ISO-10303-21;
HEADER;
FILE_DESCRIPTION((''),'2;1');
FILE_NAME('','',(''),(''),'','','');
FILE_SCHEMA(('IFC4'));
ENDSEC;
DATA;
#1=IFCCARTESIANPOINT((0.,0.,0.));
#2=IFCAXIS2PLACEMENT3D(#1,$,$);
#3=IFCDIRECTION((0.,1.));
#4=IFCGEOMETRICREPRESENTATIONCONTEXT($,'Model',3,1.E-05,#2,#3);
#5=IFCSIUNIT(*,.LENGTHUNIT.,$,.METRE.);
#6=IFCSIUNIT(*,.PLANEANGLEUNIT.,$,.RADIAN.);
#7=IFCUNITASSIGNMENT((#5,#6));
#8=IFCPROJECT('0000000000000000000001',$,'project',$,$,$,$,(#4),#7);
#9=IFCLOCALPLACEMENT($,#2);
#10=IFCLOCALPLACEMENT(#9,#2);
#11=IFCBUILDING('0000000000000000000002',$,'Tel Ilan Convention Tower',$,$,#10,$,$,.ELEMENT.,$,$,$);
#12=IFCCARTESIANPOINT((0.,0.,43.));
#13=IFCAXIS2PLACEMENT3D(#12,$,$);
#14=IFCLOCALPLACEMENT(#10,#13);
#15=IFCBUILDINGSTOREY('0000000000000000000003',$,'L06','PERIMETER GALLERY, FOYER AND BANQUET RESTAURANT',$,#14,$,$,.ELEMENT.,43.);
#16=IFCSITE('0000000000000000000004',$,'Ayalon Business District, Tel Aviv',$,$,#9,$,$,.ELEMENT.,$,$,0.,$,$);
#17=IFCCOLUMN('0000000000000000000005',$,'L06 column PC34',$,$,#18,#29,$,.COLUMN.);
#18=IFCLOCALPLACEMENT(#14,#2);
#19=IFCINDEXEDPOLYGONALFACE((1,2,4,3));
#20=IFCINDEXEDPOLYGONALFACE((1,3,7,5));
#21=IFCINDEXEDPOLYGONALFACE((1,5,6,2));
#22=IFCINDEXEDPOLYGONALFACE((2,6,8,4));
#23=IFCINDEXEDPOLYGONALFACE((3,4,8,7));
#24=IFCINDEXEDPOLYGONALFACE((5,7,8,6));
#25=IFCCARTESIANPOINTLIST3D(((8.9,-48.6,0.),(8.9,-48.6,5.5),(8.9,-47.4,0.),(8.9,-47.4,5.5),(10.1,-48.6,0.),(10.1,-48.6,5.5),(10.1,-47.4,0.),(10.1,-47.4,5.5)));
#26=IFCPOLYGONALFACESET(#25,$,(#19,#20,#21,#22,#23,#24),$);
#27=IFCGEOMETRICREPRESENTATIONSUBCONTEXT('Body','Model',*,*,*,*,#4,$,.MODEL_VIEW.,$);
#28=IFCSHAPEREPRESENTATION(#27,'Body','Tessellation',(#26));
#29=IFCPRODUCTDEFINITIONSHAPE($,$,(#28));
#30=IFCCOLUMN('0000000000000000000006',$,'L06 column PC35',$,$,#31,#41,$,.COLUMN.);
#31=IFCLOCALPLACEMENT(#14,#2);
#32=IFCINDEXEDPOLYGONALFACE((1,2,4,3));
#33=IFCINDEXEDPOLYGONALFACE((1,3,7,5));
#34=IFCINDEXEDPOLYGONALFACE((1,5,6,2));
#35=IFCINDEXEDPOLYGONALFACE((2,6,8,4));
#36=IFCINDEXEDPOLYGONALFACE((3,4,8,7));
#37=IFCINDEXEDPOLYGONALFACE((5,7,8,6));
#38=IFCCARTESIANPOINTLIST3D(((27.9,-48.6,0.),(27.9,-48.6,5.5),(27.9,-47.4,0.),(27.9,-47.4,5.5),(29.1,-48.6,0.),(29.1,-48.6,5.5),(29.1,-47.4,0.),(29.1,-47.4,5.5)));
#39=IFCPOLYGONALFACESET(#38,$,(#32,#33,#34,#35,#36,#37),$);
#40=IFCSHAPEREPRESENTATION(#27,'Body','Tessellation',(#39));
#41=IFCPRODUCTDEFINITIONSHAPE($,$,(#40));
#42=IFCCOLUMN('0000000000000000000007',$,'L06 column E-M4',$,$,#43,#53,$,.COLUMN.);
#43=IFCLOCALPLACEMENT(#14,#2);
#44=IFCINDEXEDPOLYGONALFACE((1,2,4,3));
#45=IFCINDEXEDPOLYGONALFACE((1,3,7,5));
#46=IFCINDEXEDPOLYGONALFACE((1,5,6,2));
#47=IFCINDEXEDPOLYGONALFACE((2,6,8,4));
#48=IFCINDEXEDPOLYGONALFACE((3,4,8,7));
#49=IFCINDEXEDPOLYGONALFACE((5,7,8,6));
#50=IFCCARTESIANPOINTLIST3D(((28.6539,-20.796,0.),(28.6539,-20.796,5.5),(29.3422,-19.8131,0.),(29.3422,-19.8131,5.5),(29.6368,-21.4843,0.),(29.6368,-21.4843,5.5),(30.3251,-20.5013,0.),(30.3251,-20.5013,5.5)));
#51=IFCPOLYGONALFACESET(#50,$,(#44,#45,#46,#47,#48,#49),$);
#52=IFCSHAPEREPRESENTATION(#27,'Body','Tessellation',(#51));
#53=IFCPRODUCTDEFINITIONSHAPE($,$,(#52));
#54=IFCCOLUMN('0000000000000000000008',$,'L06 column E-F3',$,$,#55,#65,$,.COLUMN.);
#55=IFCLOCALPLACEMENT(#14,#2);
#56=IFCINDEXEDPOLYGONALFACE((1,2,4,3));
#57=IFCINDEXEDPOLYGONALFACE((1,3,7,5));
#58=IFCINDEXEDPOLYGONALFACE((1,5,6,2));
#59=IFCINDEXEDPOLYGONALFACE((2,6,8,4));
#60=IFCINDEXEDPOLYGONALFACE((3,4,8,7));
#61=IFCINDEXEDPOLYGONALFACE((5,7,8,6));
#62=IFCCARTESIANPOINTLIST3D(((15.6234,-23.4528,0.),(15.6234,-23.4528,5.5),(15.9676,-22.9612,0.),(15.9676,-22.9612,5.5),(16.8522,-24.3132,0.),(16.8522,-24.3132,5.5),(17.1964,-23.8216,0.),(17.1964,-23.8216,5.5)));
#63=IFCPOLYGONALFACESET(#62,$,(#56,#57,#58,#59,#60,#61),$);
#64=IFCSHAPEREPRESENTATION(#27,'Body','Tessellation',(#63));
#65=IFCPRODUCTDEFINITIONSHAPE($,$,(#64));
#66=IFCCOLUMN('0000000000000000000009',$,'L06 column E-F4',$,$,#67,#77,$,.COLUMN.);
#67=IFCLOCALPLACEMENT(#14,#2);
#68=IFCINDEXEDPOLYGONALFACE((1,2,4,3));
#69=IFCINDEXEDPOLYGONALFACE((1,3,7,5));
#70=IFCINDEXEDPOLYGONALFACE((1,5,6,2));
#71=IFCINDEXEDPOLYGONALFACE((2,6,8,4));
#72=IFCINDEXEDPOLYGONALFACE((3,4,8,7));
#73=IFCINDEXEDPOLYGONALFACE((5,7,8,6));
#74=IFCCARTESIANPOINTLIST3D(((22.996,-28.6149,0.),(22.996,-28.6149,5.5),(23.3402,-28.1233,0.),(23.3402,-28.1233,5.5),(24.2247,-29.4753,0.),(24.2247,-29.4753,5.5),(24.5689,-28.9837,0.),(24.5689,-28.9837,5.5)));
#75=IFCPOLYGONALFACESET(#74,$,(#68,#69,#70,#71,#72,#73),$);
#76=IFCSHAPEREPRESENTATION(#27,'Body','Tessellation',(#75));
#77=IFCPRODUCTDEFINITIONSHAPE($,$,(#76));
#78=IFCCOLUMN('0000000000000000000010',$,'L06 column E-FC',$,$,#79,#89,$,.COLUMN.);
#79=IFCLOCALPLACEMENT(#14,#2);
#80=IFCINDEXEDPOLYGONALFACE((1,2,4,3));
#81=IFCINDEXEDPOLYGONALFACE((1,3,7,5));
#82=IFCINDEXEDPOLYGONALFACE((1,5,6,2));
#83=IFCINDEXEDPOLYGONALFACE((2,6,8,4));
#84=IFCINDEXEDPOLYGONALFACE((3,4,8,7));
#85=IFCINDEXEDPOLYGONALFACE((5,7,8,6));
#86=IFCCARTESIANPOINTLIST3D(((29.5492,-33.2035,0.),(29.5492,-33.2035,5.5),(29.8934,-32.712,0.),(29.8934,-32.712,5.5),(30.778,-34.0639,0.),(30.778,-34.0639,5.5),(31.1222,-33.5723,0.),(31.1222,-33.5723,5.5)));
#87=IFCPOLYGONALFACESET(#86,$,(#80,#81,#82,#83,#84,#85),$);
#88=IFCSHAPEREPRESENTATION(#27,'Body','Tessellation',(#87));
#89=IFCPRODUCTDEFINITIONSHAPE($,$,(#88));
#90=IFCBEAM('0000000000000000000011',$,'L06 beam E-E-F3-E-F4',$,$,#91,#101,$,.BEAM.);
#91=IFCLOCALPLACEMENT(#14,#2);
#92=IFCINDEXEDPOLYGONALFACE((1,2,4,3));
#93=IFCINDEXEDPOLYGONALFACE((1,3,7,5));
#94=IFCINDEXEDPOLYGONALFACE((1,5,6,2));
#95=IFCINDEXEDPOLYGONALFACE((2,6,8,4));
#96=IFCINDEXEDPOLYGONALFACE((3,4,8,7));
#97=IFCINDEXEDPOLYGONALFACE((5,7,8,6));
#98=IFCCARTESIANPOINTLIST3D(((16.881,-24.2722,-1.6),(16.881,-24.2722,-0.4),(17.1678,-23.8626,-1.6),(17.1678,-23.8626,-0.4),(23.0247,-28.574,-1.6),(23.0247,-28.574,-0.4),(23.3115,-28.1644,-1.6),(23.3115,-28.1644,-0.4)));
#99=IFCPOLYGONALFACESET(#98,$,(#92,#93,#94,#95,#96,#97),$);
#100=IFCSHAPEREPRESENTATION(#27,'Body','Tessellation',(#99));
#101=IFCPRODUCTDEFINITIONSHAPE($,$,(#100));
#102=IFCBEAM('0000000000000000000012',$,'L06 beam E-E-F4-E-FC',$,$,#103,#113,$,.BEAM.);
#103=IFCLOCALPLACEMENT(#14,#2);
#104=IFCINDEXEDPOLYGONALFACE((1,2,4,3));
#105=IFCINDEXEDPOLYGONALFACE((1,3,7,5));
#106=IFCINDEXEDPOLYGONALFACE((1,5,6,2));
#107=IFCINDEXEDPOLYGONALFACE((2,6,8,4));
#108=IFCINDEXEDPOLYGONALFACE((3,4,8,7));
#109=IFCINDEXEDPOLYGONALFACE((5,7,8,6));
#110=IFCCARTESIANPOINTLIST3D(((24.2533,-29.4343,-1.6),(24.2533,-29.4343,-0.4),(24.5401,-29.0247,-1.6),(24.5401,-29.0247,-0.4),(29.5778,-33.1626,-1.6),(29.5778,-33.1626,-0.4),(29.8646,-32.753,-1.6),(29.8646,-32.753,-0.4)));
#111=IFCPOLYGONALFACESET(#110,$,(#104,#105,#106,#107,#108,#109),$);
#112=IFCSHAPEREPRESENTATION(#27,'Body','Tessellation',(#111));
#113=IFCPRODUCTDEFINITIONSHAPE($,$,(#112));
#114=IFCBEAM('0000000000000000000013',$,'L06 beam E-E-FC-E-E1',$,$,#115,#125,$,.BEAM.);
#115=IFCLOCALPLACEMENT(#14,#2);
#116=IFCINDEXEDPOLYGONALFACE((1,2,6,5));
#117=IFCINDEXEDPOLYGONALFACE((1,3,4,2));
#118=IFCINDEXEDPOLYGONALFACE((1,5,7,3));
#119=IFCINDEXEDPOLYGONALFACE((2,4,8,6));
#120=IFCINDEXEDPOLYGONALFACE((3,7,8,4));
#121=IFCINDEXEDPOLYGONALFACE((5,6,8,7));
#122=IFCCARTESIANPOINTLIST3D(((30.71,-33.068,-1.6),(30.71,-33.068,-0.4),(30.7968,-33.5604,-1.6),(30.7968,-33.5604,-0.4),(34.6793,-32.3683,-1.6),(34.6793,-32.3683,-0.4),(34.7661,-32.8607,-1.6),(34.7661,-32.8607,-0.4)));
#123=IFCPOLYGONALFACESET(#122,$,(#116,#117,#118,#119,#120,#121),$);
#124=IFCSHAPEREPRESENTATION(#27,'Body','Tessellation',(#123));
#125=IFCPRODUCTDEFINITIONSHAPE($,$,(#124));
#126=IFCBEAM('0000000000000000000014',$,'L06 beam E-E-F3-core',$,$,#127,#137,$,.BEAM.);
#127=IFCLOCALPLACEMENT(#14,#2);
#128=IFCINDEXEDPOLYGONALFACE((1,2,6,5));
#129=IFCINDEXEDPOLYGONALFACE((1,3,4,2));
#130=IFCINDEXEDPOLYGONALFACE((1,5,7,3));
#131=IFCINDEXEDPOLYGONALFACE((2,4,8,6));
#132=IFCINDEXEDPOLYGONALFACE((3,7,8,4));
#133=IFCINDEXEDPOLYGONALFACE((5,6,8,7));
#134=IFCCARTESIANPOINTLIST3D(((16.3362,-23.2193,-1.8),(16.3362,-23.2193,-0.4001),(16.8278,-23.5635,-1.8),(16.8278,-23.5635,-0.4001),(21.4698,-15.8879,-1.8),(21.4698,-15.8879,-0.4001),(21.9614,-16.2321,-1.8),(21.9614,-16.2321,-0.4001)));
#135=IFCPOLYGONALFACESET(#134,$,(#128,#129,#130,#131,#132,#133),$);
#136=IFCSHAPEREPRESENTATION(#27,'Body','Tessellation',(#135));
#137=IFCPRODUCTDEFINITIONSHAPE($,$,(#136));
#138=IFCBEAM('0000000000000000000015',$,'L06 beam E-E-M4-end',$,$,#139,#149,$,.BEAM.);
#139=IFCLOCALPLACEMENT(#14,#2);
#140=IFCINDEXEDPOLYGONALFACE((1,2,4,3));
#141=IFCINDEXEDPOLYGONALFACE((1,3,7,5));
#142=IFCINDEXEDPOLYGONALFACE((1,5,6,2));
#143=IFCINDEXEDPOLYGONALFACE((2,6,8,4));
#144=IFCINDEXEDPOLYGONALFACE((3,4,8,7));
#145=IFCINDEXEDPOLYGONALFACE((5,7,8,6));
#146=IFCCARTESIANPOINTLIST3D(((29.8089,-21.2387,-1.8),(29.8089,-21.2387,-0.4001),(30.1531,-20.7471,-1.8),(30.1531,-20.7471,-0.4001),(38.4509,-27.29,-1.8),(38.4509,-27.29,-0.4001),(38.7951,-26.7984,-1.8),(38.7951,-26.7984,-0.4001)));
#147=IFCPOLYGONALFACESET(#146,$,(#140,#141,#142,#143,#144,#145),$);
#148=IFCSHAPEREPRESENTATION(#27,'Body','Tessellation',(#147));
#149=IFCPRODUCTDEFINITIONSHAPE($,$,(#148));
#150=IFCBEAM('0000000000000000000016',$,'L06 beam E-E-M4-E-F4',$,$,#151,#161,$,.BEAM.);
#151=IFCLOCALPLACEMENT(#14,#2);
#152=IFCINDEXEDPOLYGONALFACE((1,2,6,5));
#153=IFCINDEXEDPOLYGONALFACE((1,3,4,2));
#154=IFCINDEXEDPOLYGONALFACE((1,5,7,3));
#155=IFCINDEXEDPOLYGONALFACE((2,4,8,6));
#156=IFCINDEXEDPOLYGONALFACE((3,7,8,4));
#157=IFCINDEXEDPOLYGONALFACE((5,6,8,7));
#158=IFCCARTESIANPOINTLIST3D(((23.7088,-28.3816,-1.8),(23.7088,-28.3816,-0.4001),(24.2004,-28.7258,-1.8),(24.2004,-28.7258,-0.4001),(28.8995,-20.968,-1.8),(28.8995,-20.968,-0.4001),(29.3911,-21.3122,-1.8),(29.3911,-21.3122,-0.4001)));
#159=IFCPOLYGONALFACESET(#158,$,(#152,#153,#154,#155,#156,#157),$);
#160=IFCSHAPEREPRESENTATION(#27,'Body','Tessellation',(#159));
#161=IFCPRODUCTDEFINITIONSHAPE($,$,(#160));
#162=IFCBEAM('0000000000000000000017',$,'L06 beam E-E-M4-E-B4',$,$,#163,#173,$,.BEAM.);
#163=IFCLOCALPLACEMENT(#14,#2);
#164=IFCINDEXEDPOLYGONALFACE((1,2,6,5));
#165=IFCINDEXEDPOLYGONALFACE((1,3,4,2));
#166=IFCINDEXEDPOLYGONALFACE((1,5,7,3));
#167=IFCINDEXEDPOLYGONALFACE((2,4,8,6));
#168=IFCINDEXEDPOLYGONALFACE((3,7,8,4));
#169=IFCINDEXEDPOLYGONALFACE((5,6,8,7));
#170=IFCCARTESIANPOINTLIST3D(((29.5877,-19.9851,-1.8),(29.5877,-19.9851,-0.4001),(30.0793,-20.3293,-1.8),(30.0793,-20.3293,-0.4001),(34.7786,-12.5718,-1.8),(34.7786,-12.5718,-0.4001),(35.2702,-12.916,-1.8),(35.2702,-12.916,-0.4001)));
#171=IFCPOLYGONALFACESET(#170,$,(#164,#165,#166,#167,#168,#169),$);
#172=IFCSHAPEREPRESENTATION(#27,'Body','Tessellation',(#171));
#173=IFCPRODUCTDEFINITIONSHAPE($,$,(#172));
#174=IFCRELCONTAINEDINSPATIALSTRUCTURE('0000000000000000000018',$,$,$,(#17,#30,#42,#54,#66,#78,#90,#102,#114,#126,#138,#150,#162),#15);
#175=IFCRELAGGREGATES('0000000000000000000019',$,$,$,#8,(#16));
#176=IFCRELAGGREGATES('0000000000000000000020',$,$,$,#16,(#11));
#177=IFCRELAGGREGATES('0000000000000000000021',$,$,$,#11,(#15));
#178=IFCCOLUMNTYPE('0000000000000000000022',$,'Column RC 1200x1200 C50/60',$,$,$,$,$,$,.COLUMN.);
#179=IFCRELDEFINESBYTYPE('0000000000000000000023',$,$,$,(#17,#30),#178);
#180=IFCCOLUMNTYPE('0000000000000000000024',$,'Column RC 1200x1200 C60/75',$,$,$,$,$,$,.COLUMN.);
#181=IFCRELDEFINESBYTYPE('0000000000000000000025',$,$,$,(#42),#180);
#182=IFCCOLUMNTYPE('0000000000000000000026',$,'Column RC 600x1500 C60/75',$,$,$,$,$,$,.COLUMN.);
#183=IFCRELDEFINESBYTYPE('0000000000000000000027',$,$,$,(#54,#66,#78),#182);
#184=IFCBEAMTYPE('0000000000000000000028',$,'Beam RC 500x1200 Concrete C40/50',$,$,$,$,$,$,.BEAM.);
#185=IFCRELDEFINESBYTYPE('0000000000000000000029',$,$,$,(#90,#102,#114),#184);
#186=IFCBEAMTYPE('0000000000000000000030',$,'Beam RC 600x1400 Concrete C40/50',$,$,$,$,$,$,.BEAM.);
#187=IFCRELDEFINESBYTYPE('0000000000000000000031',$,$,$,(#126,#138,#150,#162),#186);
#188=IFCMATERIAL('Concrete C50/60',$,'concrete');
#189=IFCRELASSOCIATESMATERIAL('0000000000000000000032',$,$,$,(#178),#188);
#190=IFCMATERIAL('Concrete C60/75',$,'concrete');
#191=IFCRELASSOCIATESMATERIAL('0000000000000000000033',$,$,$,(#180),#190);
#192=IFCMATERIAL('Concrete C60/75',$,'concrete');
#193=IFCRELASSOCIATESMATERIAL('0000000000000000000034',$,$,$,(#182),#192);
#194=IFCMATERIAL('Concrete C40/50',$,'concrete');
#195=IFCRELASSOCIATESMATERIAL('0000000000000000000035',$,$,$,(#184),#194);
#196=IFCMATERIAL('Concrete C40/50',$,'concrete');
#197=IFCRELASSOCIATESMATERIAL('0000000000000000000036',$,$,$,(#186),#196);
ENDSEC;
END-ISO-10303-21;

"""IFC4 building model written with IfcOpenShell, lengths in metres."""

from ifc_helpers import new_model, si_unit, direction, frame, origin, origin_2d, place, context, subcontext, project, spatial, rectangle, extrude, material, material_profile, profile_set, type_object, element, save


model = new_model("IFC4")

# Units and contexts
model_context = context("Model", 3, precision=1e-05, world=origin(), true_north=direction((0.0, 1.0)))
body_context = subcontext(model_context, "Body", "Model", "MODEL_VIEW")
ifc_project = project(units=[si_unit("LENGTHUNIT", "METRE"), si_unit("PLANEANGLEUNIT", "RADIAN")], contexts=[model_context])

# Site, building, storey
site_placement = place(None, origin())
site = spatial("IfcSite", under=ifc_project, at=site_placement, Name="Ayalon Business District, Tel Aviv", CompositionType="ELEMENT", RefElevation=0.0)
building_placement = place(site_placement, origin())
building = spatial("IfcBuilding", under=site, at=building_placement, Name="Tel Ilan Convention Tower", CompositionType="ELEMENT")
storey_placement = place(building_placement, frame((0.0, 0.0, 43.0)))
storey = spatial("IfcBuildingStorey", under=building, at=storey_placement, Name="L06", Description="PERIMETER GALLERY, FOYER AND BANQUET RESTAURANT", CompositionType="ELEMENT", Elevation=43.0)

# Columns
ifc_material_1 = material(Name="Concrete C50/60", Category="concrete")
ifc_material_profile_1 = material_profile(ifc_material_1, rectangle(XDim=1.2, YDim=1.2, at=origin_2d()), Name="RC 1200x1200")
ifc_profile_set_1 = profile_set([ifc_material_profile_1], Name="Concrete C50/60")
column_type_1 = type_object("IfcColumnType", Name="Column RC 1200x1200 C50/60", PredefinedType="COLUMN", material=ifc_profile_set_1)
for number, where, z_axis, x_axis, name in (
    (1, (9.5, -48.0, 0.0), (0.0, 0.0, 1.0), (1.0, 0.0, 0.0), "L06 column PC34"),
    (2, (28.5, -48.0, 0.0), (0.0, 0.0, 1.0), (1.0, 0.0, 0.0), "L06 column PC35"),
):
    element("IfcColumn", number, at=place(storey_placement, frame(where, z_axis=z_axis, x_axis=x_axis)), inside=storey, type_object=column_type_1, Name=name, PredefinedType="COLUMN", context=body_context, shape_type="SweptSolid", body=[
        extrude(rectangle(XDim=1.2, YDim=1.2, at=origin_2d()), origin(), (0.0, 0.0, 1.0), 5.5),
    ])
ifc_material_2 = material(Name="Concrete C60/75", Category="concrete")
ifc_material_profile_2 = material_profile(ifc_material_2, rectangle(XDim=1.2, YDim=1.2, at=origin_2d()), Name="RC 1200x1200")
ifc_profile_set_2 = profile_set([ifc_material_profile_2], Name="Concrete C60/75")
column_type_2 = type_object("IfcColumnType", Name="Column RC 1200x1200 C60/75", PredefinedType="COLUMN", material=ifc_profile_set_2)
column_placement = place(storey_placement, frame((29.4895, -20.6487, 0.0), z_axis=(0.0, 0.0, 1.0), x_axis=(0.819152, -0.573576, 0.0)))
element("IfcColumn", 3, at=column_placement, inside=storey, type_object=column_type_2, Name="L06 column E-M4", PredefinedType="COLUMN", context=body_context, shape_type="SweptSolid", body=[
    extrude(rectangle(XDim=1.2, YDim=1.2, at=origin_2d()), origin(), (0.0, 0.0, 1.0), 5.5),
])
ifc_material_3 = material(Name="Concrete C60/75", Category="concrete")
ifc_material_profile_3 = material_profile(ifc_material_3, rectangle(XDim=1.5, YDim=0.6001, at=origin_2d()), Name="RC 600x1500")
ifc_profile_set_3 = profile_set([ifc_material_profile_3], Name="Concrete C60/75")
column_type_3 = type_object("IfcColumnType", Name="Column RC 600x1500 C60/75", PredefinedType="COLUMN", material=ifc_profile_set_3)
for number, where, z_axis, x_axis, name in (
    (4, (16.4099, -23.6372, 0.0), (0.0, 0.0, 1.0), (0.819152, -0.573576, 0.0), "L06 column E-F3"),
    (5, (23.7825, -28.7993, 0.0), (0.0, 0.0, 1.0), (0.819152, -0.573576, 0.0), "L06 column E-F4"),
    (6, (30.3357, -33.3879, 0.0), (0.0, 0.0, 1.0), (0.819152, -0.573576, 0.0), "L06 column E-FC"),
):
    element("IfcColumn", number, at=place(storey_placement, frame(where, z_axis=z_axis, x_axis=x_axis)), inside=storey, type_object=column_type_3, Name=name, PredefinedType="COLUMN", context=body_context, shape_type="SweptSolid", body=[
        extrude(rectangle(XDim=1.5, YDim=0.6001, at=origin_2d()), origin(), (0.0, 0.0, 1.0), 5.5),
    ])

# Beams
ifc_material_4 = material(Name="Concrete C40/50", Category="concrete")
ifc_material_profile_4 = material_profile(ifc_material_4, rectangle(XDim=0.5, YDim=1.2, at=origin_2d()), Name="RC 500x1200")
ifc_profile_set_4 = profile_set([ifc_material_profile_4], Name="Concrete C40/50")
beam_type_1 = type_object("IfcBeamType", Name="Beam RC 500x1200 Concrete C40/50", PredefinedType="BEAM", material=ifc_profile_set_4)
beam_1_placement = place(storey_placement, frame((17.0244, -24.0674, -1.0), z_axis=(0.819152, -0.573576, 0.0), x_axis=(0.573576, 0.819152, 0.0)))
element("IfcBeam", 7, at=beam_1_placement, inside=storey, type_object=beam_type_1, Name="L06 beam E-E-F3-E-F4", PredefinedType="BEAM", context=body_context, shape_type="SweptSolid", body=[
    extrude(rectangle(XDim=0.5, YDim=1.2, at=origin_2d()), origin(), (0.0, 0.0, 1.0), 7.5),
])
beam_2_placement = place(storey_placement, frame((24.3967, -29.2295, -1.0), z_axis=(0.819149, -0.573581, 0.0), x_axis=(0.573581, 0.819149, 0.0)))
element("IfcBeam", 8, at=beam_2_placement, inside=storey, type_object=beam_type_1, Name="L06 beam E-E-F4-E-FC", PredefinedType="BEAM", context=body_context, shape_type="SweptSolid", body=[
    extrude(rectangle(XDim=0.5, YDim=1.2, at=origin_2d()), origin(), (0.0, 0.0, 1.0), 6.5),
])
beam_3_placement = place(storey_placement, frame((30.7534, -33.3142, -1.0), z_axis=(0.984815, 0.173606, 0.0), x_axis=(-0.173606, 0.984815, 0.0)))
element("IfcBeam", 9, at=beam_3_placement, inside=storey, type_object=beam_type_1, Name="L06 beam E-E-FC-E-E1", PredefinedType="BEAM", context=body_context, shape_type="SweptSolid", body=[
    extrude(rectangle(XDim=0.5, YDim=1.2, at=origin_2d()), origin(), (0.0, 0.0, 1.0), 4.0305),
])
ifc_material_5 = material(Name="Concrete C40/50", Category="concrete")
ifc_material_profile_5 = material_profile(ifc_material_5, rectangle(XDim=0.6001, YDim=1.3999, at=origin_2d()), Name="RC 600x1400")
ifc_profile_set_5 = profile_set([ifc_material_profile_5], Name="Concrete C40/50")
beam_type_2 = type_object("IfcBeamType", Name="Beam RC 600x1400 Concrete C40/50", PredefinedType="BEAM", material=ifc_profile_set_5)
beam_4_placement = place(storey_placement, frame((16.582, -23.3914, -1.1001), z_axis=(0.573585, 0.819146, 0.0), x_axis=(-0.819146, 0.573585, 0.0)))
element("IfcBeam", 10, at=beam_4_placement, inside=storey, type_object=beam_type_2, Name="L06 beam E-E-F3-core", PredefinedType="BEAM", context=body_context, shape_type="SweptSolid", body=[
    extrude(rectangle(XDim=0.6001, YDim=1.3999, at=origin_2d()), origin(), (0.0, 0.0, 1.0), 8.95),
])
beam_5_placement = place(storey_placement, frame((29.981, -20.9929, -1.1001), z_axis=(0.819151, -0.573577, 0.0), x_axis=(0.573577, 0.819151, 0.0)))
element("IfcBeam", 11, at=beam_5_placement, inside=storey, type_object=beam_type_2, Name="L06 beam E-E-M4-end", PredefinedType="BEAM", context=body_context, shape_type="SweptSolid", body=[
    extrude(rectangle(XDim=0.6001, YDim=1.3999, at=origin_2d()), origin(), (0.0, 0.0, 1.0), 10.55),
])
for number, where, z_axis, x_axis, name in (
    (12, (29.1453, -21.1401, -1.1001), (-0.573549, -0.819171, 0.0), (0.819171, -0.573549, 0.0), "L06 beam E-E-M4-E-F4"),
    (13, (29.8335, -20.1572, -1.1001), (0.57358, 0.81915, 0.0), (-0.81915, 0.57358, 0.0), "L06 beam E-E-M4-E-B4"),
):
    element("IfcBeam", number, at=place(storey_placement, frame(where, z_axis=z_axis, x_axis=x_axis)), inside=storey, type_object=beam_type_2, Name=name, PredefinedType="BEAM", context=body_context, shape_type="SweptSolid", body=[
        extrude(rectangle(XDim=0.6001, YDim=1.3999, at=origin_2d()), origin(), (0.0, 0.0, 1.0), 9.05),
    ])

save(model, "model.ifc")
